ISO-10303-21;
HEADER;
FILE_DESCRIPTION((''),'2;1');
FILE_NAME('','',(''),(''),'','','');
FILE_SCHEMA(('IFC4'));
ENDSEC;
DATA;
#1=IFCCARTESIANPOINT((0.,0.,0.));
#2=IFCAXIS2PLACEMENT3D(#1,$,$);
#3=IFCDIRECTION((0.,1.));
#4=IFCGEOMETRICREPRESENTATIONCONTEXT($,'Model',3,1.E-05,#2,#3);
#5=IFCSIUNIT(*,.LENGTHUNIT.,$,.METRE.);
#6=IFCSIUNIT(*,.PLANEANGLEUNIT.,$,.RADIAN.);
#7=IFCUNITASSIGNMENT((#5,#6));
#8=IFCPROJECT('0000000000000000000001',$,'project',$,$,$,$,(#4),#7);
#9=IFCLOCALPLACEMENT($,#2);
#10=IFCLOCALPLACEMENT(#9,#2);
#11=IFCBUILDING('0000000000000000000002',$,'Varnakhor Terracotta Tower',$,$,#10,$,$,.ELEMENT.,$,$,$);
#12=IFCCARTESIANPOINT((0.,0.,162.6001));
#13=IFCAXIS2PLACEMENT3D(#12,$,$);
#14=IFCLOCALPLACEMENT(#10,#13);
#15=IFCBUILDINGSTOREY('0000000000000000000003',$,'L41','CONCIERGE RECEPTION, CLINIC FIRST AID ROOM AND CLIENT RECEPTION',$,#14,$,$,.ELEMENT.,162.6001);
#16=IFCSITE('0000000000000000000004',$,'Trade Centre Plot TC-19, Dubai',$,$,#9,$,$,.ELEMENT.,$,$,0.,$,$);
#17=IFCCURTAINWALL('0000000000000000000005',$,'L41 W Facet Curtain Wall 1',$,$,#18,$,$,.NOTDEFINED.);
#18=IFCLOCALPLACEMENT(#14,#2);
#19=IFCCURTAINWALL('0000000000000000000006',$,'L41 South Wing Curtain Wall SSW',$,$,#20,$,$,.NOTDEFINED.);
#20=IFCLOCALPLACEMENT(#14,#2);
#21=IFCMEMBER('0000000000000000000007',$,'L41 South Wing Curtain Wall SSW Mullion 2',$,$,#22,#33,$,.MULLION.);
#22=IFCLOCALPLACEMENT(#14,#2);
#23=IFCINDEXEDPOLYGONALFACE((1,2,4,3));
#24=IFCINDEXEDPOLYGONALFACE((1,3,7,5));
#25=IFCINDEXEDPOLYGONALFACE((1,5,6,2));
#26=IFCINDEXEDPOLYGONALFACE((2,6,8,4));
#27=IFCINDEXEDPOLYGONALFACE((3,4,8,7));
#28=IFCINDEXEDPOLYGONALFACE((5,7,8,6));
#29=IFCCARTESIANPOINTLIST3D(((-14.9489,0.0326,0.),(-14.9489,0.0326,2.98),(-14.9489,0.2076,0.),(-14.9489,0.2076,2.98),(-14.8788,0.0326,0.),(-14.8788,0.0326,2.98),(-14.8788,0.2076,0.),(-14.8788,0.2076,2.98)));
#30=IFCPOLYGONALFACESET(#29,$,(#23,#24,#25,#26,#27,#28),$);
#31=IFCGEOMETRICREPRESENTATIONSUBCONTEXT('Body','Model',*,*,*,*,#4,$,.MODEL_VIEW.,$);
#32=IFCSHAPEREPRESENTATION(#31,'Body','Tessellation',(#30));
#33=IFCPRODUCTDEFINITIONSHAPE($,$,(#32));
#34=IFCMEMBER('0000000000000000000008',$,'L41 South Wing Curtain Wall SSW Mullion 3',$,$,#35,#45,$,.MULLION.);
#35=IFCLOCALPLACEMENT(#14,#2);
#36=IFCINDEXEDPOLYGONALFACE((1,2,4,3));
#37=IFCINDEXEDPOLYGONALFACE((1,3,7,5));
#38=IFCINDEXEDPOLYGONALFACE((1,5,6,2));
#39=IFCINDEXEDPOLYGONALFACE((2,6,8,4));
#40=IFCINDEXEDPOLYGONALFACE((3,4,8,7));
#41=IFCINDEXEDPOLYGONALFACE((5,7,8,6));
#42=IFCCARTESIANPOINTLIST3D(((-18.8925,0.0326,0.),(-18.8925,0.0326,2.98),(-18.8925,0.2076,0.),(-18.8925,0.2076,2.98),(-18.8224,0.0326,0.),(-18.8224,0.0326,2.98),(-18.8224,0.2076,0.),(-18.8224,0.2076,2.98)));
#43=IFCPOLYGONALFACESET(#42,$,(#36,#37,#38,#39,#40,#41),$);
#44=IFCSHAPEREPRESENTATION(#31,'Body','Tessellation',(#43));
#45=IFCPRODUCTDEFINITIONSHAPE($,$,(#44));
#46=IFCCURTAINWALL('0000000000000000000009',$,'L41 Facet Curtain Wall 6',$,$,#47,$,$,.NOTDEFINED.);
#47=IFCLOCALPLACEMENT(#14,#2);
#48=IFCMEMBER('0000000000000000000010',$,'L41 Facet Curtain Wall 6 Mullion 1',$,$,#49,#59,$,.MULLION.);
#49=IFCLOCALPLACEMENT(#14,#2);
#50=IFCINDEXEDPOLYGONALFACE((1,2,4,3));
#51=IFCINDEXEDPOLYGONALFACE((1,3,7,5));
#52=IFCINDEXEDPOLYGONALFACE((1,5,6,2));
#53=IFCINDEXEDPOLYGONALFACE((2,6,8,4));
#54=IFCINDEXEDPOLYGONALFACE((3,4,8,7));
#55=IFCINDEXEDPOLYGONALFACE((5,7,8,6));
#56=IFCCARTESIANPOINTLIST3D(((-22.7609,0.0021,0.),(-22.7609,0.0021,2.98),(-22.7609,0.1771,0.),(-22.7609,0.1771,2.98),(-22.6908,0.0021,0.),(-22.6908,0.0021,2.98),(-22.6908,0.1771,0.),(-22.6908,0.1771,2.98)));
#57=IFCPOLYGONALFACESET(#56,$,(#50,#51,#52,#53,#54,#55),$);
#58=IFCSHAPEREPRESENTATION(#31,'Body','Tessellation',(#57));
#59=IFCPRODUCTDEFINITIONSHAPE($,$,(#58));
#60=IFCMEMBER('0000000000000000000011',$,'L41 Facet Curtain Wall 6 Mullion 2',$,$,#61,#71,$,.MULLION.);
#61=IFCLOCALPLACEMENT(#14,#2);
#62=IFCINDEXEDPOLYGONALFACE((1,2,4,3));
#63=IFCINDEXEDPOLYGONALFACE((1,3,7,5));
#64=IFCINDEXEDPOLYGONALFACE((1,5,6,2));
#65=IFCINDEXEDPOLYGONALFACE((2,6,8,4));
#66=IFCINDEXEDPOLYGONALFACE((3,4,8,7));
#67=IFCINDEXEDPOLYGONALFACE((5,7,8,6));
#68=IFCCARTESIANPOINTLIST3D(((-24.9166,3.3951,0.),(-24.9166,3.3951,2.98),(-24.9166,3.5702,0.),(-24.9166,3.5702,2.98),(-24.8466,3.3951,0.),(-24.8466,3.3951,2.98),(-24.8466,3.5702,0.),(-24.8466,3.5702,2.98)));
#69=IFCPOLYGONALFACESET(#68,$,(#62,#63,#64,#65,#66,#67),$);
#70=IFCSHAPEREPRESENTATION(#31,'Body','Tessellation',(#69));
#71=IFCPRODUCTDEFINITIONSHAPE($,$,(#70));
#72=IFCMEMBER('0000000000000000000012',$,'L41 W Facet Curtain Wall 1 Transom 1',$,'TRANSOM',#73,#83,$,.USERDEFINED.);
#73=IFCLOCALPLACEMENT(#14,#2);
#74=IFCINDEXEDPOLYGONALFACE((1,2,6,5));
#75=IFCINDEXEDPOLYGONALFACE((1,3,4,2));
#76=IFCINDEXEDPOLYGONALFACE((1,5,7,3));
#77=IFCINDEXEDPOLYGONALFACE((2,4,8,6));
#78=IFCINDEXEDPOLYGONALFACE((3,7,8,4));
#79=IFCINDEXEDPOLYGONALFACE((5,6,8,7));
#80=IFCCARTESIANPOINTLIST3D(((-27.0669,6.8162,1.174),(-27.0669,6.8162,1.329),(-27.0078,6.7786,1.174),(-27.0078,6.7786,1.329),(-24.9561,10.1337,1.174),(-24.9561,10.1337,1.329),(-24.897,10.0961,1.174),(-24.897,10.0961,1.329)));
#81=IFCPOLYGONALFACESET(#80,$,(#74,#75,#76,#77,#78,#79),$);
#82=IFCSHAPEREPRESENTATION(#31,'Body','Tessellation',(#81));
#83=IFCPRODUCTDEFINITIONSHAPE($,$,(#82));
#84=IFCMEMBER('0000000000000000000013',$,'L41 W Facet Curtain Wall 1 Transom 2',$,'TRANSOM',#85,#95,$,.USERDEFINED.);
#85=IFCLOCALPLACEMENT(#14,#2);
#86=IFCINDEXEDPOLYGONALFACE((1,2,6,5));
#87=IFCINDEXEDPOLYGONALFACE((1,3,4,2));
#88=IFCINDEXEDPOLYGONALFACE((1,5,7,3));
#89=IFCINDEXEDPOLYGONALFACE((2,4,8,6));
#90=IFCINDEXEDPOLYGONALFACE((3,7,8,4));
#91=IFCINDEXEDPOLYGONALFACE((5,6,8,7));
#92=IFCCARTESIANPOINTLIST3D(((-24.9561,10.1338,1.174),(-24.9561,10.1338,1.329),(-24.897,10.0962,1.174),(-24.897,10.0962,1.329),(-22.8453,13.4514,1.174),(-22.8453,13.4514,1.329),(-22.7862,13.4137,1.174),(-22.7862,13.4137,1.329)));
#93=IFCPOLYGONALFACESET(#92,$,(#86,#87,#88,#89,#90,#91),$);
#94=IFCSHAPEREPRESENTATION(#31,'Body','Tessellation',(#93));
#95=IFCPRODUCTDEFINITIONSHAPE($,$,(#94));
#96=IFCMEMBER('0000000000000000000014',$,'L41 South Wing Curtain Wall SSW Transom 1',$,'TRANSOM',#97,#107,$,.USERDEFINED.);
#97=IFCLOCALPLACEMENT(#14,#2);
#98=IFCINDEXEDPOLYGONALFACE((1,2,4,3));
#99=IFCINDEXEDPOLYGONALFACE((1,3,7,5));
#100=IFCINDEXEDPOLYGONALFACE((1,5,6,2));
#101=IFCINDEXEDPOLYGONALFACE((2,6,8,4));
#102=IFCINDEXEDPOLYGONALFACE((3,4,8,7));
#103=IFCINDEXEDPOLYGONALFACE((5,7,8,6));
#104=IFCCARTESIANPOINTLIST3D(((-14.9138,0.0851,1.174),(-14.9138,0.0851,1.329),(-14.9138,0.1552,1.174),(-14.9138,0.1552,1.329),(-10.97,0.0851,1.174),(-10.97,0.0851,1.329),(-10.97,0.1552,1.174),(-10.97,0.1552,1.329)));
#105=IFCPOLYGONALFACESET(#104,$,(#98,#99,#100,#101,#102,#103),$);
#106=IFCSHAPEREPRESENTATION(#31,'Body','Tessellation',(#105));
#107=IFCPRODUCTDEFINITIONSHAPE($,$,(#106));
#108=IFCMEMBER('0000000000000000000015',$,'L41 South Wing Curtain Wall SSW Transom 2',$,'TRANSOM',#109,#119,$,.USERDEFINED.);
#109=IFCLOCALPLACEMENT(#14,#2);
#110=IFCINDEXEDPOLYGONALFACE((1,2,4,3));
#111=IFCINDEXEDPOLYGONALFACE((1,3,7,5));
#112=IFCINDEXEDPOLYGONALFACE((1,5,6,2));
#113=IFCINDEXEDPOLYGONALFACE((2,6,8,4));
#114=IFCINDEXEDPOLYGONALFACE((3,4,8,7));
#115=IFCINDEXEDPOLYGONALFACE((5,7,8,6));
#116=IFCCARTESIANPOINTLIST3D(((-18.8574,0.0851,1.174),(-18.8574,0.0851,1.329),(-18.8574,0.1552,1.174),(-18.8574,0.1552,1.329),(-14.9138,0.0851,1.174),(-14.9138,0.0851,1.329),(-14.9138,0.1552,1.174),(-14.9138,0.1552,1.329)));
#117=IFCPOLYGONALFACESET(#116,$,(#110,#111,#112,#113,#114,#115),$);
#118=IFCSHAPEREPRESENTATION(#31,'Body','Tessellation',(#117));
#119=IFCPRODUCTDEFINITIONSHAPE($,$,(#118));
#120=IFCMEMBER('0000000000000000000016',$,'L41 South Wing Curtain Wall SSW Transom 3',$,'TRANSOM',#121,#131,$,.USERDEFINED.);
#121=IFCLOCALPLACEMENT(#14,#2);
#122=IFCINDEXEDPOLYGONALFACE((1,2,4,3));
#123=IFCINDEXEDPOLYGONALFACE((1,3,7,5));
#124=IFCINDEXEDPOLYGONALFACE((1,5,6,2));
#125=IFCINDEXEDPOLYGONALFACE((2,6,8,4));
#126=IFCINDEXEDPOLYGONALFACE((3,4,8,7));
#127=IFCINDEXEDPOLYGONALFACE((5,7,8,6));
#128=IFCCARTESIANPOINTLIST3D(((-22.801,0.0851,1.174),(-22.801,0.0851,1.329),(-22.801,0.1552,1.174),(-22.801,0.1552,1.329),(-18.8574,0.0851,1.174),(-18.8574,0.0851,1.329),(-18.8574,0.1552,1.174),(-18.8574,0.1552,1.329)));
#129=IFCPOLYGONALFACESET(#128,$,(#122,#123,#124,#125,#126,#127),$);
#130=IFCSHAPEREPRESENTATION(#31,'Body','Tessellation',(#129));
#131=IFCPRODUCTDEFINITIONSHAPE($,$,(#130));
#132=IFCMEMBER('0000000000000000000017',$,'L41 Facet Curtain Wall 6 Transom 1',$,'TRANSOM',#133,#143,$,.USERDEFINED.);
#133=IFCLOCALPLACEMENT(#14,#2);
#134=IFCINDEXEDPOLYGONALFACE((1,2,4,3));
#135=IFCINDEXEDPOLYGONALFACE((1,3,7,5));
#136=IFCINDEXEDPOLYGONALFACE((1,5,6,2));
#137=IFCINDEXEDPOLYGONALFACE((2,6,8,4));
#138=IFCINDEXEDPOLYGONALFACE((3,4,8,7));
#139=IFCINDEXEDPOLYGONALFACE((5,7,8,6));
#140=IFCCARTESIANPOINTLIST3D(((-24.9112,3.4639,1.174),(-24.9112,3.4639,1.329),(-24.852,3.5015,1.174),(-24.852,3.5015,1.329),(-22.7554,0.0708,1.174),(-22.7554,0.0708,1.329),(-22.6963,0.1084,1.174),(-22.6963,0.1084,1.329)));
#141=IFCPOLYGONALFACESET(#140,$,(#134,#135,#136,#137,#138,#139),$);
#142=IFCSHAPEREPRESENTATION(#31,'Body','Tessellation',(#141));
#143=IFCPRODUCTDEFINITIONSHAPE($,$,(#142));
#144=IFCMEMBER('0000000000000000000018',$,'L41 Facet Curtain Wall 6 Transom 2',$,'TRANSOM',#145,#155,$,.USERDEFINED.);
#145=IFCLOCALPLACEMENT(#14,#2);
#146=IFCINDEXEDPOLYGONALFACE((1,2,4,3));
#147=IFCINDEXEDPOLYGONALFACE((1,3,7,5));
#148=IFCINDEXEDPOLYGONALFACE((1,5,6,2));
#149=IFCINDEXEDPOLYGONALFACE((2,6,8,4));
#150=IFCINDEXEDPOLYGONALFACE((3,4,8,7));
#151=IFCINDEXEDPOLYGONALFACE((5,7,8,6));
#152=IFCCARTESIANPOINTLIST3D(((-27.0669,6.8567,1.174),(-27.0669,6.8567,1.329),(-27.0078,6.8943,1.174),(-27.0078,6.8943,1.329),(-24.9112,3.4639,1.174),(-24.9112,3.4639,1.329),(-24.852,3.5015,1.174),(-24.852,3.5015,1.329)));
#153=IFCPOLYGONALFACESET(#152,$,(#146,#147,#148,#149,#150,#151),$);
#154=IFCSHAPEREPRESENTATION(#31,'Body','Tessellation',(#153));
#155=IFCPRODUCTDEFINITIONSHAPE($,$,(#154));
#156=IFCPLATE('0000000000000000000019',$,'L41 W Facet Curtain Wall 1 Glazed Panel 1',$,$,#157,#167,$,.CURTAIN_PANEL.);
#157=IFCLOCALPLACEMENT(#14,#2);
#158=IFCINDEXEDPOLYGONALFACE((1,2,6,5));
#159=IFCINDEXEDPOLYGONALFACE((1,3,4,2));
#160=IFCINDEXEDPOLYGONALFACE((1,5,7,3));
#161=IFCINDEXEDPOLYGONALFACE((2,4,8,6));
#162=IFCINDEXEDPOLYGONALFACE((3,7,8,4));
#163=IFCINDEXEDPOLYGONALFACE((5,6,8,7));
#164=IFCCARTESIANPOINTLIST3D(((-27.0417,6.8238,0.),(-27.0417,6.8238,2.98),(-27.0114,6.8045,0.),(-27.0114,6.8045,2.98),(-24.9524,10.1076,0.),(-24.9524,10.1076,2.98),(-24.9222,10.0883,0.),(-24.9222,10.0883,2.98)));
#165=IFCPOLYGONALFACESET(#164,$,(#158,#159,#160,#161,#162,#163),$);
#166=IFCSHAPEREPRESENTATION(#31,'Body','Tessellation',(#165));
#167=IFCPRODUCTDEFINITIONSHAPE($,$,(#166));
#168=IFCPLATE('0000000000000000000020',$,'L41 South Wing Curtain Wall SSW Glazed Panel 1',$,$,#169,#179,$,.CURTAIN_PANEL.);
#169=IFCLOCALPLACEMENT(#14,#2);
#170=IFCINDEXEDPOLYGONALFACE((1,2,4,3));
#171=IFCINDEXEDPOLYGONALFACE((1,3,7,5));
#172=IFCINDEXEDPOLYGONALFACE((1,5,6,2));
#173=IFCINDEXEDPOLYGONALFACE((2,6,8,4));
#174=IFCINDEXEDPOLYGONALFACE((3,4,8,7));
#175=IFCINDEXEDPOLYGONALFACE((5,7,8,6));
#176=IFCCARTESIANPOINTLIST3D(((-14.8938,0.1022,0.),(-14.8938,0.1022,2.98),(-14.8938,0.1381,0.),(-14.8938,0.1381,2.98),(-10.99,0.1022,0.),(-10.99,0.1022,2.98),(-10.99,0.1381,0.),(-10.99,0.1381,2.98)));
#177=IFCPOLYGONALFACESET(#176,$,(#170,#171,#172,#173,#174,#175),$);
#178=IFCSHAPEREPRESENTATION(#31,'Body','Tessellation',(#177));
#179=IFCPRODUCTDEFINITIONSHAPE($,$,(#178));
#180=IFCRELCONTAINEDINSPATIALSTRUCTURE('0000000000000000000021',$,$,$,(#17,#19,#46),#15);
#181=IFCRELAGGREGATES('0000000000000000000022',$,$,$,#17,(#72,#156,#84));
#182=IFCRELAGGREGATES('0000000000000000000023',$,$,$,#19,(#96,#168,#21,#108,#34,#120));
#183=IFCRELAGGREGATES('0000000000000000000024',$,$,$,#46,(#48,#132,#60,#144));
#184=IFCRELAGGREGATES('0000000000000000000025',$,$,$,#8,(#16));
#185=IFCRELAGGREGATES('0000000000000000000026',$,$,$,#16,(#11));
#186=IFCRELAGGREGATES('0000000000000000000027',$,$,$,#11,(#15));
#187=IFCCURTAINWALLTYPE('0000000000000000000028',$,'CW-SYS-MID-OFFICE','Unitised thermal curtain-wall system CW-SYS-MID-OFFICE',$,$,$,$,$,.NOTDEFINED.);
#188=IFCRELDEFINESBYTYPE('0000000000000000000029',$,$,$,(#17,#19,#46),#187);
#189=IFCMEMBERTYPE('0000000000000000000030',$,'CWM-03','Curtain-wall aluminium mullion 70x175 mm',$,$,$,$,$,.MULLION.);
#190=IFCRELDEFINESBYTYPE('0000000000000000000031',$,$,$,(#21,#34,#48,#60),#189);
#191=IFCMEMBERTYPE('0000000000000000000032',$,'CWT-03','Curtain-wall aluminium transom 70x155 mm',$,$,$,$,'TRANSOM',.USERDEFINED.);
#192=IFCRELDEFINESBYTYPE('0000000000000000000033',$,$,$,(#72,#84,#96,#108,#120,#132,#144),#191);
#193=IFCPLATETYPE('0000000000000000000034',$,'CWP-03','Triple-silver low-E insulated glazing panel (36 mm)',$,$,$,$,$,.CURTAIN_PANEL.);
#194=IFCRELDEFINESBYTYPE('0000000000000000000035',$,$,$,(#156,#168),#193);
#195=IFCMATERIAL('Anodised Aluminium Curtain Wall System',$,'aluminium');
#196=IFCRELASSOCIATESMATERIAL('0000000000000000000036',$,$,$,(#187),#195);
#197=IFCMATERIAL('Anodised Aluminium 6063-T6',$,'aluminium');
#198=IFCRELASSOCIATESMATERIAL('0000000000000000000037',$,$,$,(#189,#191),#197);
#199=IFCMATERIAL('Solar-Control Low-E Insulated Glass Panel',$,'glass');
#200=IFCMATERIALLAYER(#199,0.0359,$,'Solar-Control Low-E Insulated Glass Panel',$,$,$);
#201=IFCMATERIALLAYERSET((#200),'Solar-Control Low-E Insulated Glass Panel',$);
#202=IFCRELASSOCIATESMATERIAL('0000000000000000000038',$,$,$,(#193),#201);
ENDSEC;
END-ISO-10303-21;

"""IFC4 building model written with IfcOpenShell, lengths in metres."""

from ifc_helpers import new_model, si_unit, direction, frame, origin, origin_2d, place, context, subcontext, project, spatial, rectangle, extrude, source, transform, mapped, material, layer, layer_set, material_profile, profile_set, type_object, element, aggregate, save


model = new_model("IFC4")

# Units and contexts
model_context = context("Model", 3, precision=1e-05, world=origin(), true_north=direction((0.0, 1.0)))
body_context = subcontext(model_context, "Body", "Model", "MODEL_VIEW")
ifc_project = project(units=[si_unit("LENGTHUNIT", "METRE"), si_unit("PLANEANGLEUNIT", "RADIAN")], contexts=[model_context])

# Site, building, storey
site_placement = place(None, origin())
site = spatial("IfcSite", under=ifc_project, at=site_placement, Name="Trade Centre Plot TC-19, Dubai", CompositionType="ELEMENT", RefElevation=0.0)
building_placement = place(site_placement, origin())
building = spatial("IfcBuilding", under=site, at=building_placement, Name="Varnakhor Terracotta Tower", CompositionType="ELEMENT")
storey_placement = place(building_placement, frame((0.0, 0.0, 162.6001)))
storey = spatial("IfcBuildingStorey", under=building, at=storey_placement, Name="L41", Description="CONCIERGE RECEPTION, CLINIC FIRST AID ROOM AND CLIENT RECEPTION", CompositionType="ELEMENT", Elevation=162.6001)

# Curtain walls, members
ifc_material_1 = material(Name="Anodised Aluminium Curtain Wall System", Category="aluminium")
curtain_wall_type = type_object("IfcCurtainWallType", Name="CW-SYS-MID-OFFICE", Description="Unitised thermal curtain-wall system CW-SYS-MID-OFFICE", PredefinedType="NOTDEFINED", material=ifc_material_1)
curtain_wall_1_placement = place(storey_placement, origin())
curtain_wall_1 = element("IfcCurtainWall", 1, at=curtain_wall_1_placement, inside=storey, type_object=curtain_wall_type, Name="L41 W Facet Curtain Wall 1", PredefinedType="NOTDEFINED")
ifc_material_2 = material(Name="Anodised Aluminium 6063-T6", Category="aluminium")
ifc_material_profile_1 = material_profile(ifc_material_2, rectangle(XDim=0.0701, YDim=0.175, at=origin_2d()), Name="ALU MULLION 70x175")
ifc_profile_set_1 = profile_set([ifc_material_profile_1], Name="Anodised Aluminium 6063-T6")
member_type_1 = type_object("IfcMemberType", Name="CWM-03", Description="Curtain-wall aluminium mullion 70x175 mm", PredefinedType="MULLION", material=ifc_profile_set_1)
shared_shape_1 = source(origin(), body_context, "Body", "SweptSolid", [
    extrude(rectangle(XDim=0.0701, YDim=0.175, at=origin_2d()), origin(), (0.0, 0.0, 1.0), 2.98),
])
curtain_wall_2_placement = place(storey_placement, origin())
curtain_wall_2 = element("IfcCurtainWall", 2, at=curtain_wall_2_placement, inside=storey, type_object=curtain_wall_type, Name="L41 South Wing Curtain Wall SSW", PredefinedType="NOTDEFINED")
member_1_placement = place(storey_placement, frame((-14.9138, 0.1201, 0.0), z_axis=(0.0, 0.0, 1.0), x_axis=(1.0, 0.0, 0.0)))
member_1 = element("IfcMember", 3, at=member_1_placement, type_object=member_type_1, Name="L41 South Wing Curtain Wall SSW Mullion 2", PredefinedType="MULLION", context=body_context, shape_type="MappedRepresentation", body=[
    mapped(shared_shape_1, transform((0.0, 0.0, 0.0), scale=1.0)),
])
member_2_placement = place(storey_placement, frame((-18.8574, 0.1201, 0.0), z_axis=(0.0, 0.0, 1.0), x_axis=(1.0, 0.0, 0.0)))
member_2 = element("IfcMember", 4, at=member_2_placement, type_object=member_type_1, Name="L41 South Wing Curtain Wall SSW Mullion 3", PredefinedType="MULLION", context=body_context, shape_type="MappedRepresentation", body=[
    mapped(shared_shape_1, transform((0.0, 0.0, 0.0), scale=1.0)),
])
curtain_wall_3_placement = place(storey_placement, origin())
curtain_wall_3 = element("IfcCurtainWall", 5, at=curtain_wall_3_placement, inside=storey, type_object=curtain_wall_type, Name="L41 Facet Curtain Wall 6", PredefinedType="NOTDEFINED")
member_3_placement = place(storey_placement, frame((-22.7258, 0.0896, 0.0), z_axis=(0.0, 0.0, 1.0), x_axis=(1.0, 0.0, 0.0)))
member_3 = element("IfcMember", 6, at=member_3_placement, type_object=member_type_1, Name="L41 Facet Curtain Wall 6 Mullion 1", PredefinedType="MULLION", context=body_context, shape_type="MappedRepresentation", body=[
    mapped(shared_shape_1, transform((0.0, 0.0, 0.0), scale=1.0)),
])
member_4_placement = place(storey_placement, frame((-24.8816, 3.4827, 0.0), z_axis=(0.0, 0.0, 1.0), x_axis=(1.0, 0.0, 0.0)))
member_4 = element("IfcMember", 7, at=member_4_placement, type_object=member_type_1, Name="L41 Facet Curtain Wall 6 Mullion 2", PredefinedType="MULLION", context=body_context, shape_type="MappedRepresentation", body=[
    mapped(shared_shape_1, transform((0.0, 0.0, 0.0), scale=1.0)),
])

# Members
ifc_material_profile_2 = material_profile(ifc_material_2, rectangle(XDim=0.0701, YDim=0.155, at=origin_2d()), Name="ALU TRANSOM 70x155")
ifc_profile_set_2 = profile_set([ifc_material_profile_2], Name="Anodised Aluminium 6063-T6")
member_type_2 = type_object("IfcMemberType", Name="CWT-03", Description="Curtain-wall aluminium transom 70x155 mm", ElementType="TRANSOM", PredefinedType="USERDEFINED", material=ifc_profile_set_2)
shared_shape_2 = source(origin(), body_context, "Body", "SweptSolid", [
    extrude(rectangle(XDim=0.0701, YDim=0.155, at=origin_2d()), origin(), (0.0, 0.0, 1.0), 3.9321),
])
member_5_placement = place(storey_placement, frame((-27.0374, 6.7974, 1.2515), z_axis=(0.536807, 0.843705, 0.0), x_axis=(-0.843705, 0.536807, 0.0)))
member_5 = element("IfcMember", 8, at=member_5_placement, type_object=member_type_2, Name="L41 W Facet Curtain Wall 1 Transom 1", ObjectType="TRANSOM", PredefinedType="USERDEFINED", context=body_context, shape_type="MappedRepresentation", body=[
    mapped(shared_shape_2, transform((0.0, 0.0, 0.0), scale=1.0)),
])
member_6_placement = place(storey_placement, frame((-24.9265, 10.115, 1.2515), z_axis=(0.536807, 0.843705, 0.0), x_axis=(-0.843705, 0.536807, 0.0)))
member_6 = element("IfcMember", 9, at=member_6_placement, type_object=member_type_2, Name="L41 W Facet Curtain Wall 1 Transom 2", ObjectType="TRANSOM", PredefinedType="USERDEFINED", context=body_context, shape_type="MappedRepresentation", body=[
    mapped(shared_shape_2, transform((0.0, 0.0, 0.0), scale=1.0)),
])
shared_shape_3 = source(origin(), body_context, "Body", "SweptSolid", [
    extrude(rectangle(XDim=0.0701, YDim=0.155, at=origin_2d()), origin(), (0.0, 0.0, 1.0), 3.9438),
])
member_7_placement = place(storey_placement, frame((-10.97, 0.1201, 1.2515), z_axis=(-1.0, 0.0, 0.0), x_axis=(0.0, -1.0, 0.0)))
member_7 = element("IfcMember", 10, at=member_7_placement, type_object=member_type_2, Name="L41 South Wing Curtain Wall SSW Transom 1", ObjectType="TRANSOM", PredefinedType="USERDEFINED", context=body_context, shape_type="MappedRepresentation", body=[
    mapped(shared_shape_3, transform((0.0, 0.0, 0.0), scale=1.0)),
])
shared_shape_4 = source(origin(), body_context, "Body", "SweptSolid", [
    extrude(rectangle(XDim=0.0701, YDim=0.155, at=origin_2d()), origin(), (0.0, 0.0, 1.0), 3.9436),
])
member_8_placement = place(storey_placement, frame((-14.9138, 0.1201, 1.2515), z_axis=(-1.0, 0.0, 0.0), x_axis=(0.0, -1.0, 0.0)))
member_8 = element("IfcMember", 11, at=member_8_placement, type_object=member_type_2, Name="L41 South Wing Curtain Wall SSW Transom 2", ObjectType="TRANSOM", PredefinedType="USERDEFINED", context=body_context, shape_type="MappedRepresentation", body=[
    mapped(shared_shape_4, transform((0.0, 0.0, 0.0), scale=1.0)),
])
member_9_placement = place(storey_placement, frame((-18.8574, 0.1201, 1.2515), z_axis=(-1.0, 0.0, 0.0), x_axis=(0.0, -1.0, 0.0)))
member_9 = element("IfcMember", 12, at=member_9_placement, type_object=member_type_2, Name="L41 South Wing Curtain Wall SSW Transom 3", ObjectType="TRANSOM", PredefinedType="USERDEFINED", context=body_context, shape_type="MappedRepresentation", body=[
    mapped(shared_shape_4, transform((0.0, 0.0, 0.0), scale=1.0)),
])
shared_shape_5 = source(origin(), body_context, "Body", "SweptSolid", [
    extrude(rectangle(XDim=0.0701, YDim=0.155, at=origin_2d()), origin(), (0.0, 0.0, 1.0), 4.02),
])
member_10_placement = place(storey_placement, frame((-22.7258, 0.0896, 1.2515), z_axis=(-0.536262, 0.844051, 0.0), x_axis=(-0.844051, -0.536262, 0.0)))
member_10 = element("IfcMember", 13, at=member_10_placement, type_object=member_type_2, Name="L41 Facet Curtain Wall 6 Transom 1", ObjectType="TRANSOM", PredefinedType="USERDEFINED", context=body_context, shape_type="MappedRepresentation", body=[
    mapped(shared_shape_5, transform((0.0, 0.0, 0.0), scale=1.0)),
])
shared_shape_6 = source(origin(), body_context, "Body", "SweptSolid", [
    extrude(rectangle(XDim=0.0701, YDim=0.155, at=origin_2d()), origin(), (0.0, 0.0, 1.0), 4.0198),
])
member_11_placement = place(storey_placement, frame((-24.8816, 3.4827, 1.2515), z_axis=(-0.53629, 0.844034, 0.0), x_axis=(-0.844034, -0.53629, 0.0)))
member_11 = element("IfcMember", 14, at=member_11_placement, type_object=member_type_2, Name="L41 Facet Curtain Wall 6 Transom 2", ObjectType="TRANSOM", PredefinedType="USERDEFINED", context=body_context, shape_type="MappedRepresentation", body=[
    mapped(shared_shape_6, transform((0.0, 0.0, 0.0), scale=1.0)),
])

# Plates
ifc_material_3 = material(Name="Solar-Control Low-E Insulated Glass Panel", Category="glass")
ifc_layer_1 = layer(ifc_material_3, 0.0359, Name="Solar-Control Low-E Insulated Glass Panel")
ifc_layer_set_1 = layer_set([ifc_layer_1], Name="Solar-Control Low-E Insulated Glass Panel")
plate_type = type_object("IfcPlateType", Name="CWP-03", Description="Triple-silver low-E insulated glazing panel (36 mm)", PredefinedType="CURTAIN_PANEL", material=ifc_layer_set_1)
shared_shape_7 = source(origin(), body_context, "Body", "SweptSolid", [
    extrude(rectangle(XDim=3.8921, YDim=0.0359, at=origin_2d()), origin(), (0.0, 0.0, 1.0), 2.98),
])
plate_1_placement = place(storey_placement, frame((-25.9819, 8.4561, 0.0), z_axis=(0.0, 0.0, 1.0), x_axis=(0.536799, 0.84371, 0.0)))
plate_1 = element("IfcPlate", 15, at=plate_1_placement, type_object=plate_type, Name="L41 W Facet Curtain Wall 1 Glazed Panel 1", PredefinedType="CURTAIN_PANEL", context=body_context, shape_type="MappedRepresentation", body=[
    mapped(shared_shape_7, transform((0.0, 0.0, 0.0), scale=1.0)),
])
aggregate(curtain_wall_1, [member_5, plate_1, member_6])
shared_shape_8 = source(origin(), body_context, "Body", "SweptSolid", [
    extrude(rectangle(XDim=3.9038, YDim=0.0359, at=origin_2d()), origin(), (0.0, 0.0, 1.0), 2.98),
])
plate_2_placement = place(storey_placement, frame((-12.9419, 0.1201, 0.0), z_axis=(0.0, 0.0, 1.0), x_axis=(-1.0, 0.0, 0.0)))
plate_2 = element("IfcPlate", 16, at=plate_2_placement, type_object=plate_type, Name="L41 South Wing Curtain Wall SSW Glazed Panel 1", PredefinedType="CURTAIN_PANEL", context=body_context, shape_type="MappedRepresentation", body=[
    mapped(shared_shape_8, transform((0.0, 0.0, 0.0), scale=1.0)),
])
aggregate(curtain_wall_2, [member_7, plate_2, member_1, member_8, member_2, member_9])
aggregate(curtain_wall_3, [member_3, member_10, member_4, member_11])

save(model, "model.ifc")
